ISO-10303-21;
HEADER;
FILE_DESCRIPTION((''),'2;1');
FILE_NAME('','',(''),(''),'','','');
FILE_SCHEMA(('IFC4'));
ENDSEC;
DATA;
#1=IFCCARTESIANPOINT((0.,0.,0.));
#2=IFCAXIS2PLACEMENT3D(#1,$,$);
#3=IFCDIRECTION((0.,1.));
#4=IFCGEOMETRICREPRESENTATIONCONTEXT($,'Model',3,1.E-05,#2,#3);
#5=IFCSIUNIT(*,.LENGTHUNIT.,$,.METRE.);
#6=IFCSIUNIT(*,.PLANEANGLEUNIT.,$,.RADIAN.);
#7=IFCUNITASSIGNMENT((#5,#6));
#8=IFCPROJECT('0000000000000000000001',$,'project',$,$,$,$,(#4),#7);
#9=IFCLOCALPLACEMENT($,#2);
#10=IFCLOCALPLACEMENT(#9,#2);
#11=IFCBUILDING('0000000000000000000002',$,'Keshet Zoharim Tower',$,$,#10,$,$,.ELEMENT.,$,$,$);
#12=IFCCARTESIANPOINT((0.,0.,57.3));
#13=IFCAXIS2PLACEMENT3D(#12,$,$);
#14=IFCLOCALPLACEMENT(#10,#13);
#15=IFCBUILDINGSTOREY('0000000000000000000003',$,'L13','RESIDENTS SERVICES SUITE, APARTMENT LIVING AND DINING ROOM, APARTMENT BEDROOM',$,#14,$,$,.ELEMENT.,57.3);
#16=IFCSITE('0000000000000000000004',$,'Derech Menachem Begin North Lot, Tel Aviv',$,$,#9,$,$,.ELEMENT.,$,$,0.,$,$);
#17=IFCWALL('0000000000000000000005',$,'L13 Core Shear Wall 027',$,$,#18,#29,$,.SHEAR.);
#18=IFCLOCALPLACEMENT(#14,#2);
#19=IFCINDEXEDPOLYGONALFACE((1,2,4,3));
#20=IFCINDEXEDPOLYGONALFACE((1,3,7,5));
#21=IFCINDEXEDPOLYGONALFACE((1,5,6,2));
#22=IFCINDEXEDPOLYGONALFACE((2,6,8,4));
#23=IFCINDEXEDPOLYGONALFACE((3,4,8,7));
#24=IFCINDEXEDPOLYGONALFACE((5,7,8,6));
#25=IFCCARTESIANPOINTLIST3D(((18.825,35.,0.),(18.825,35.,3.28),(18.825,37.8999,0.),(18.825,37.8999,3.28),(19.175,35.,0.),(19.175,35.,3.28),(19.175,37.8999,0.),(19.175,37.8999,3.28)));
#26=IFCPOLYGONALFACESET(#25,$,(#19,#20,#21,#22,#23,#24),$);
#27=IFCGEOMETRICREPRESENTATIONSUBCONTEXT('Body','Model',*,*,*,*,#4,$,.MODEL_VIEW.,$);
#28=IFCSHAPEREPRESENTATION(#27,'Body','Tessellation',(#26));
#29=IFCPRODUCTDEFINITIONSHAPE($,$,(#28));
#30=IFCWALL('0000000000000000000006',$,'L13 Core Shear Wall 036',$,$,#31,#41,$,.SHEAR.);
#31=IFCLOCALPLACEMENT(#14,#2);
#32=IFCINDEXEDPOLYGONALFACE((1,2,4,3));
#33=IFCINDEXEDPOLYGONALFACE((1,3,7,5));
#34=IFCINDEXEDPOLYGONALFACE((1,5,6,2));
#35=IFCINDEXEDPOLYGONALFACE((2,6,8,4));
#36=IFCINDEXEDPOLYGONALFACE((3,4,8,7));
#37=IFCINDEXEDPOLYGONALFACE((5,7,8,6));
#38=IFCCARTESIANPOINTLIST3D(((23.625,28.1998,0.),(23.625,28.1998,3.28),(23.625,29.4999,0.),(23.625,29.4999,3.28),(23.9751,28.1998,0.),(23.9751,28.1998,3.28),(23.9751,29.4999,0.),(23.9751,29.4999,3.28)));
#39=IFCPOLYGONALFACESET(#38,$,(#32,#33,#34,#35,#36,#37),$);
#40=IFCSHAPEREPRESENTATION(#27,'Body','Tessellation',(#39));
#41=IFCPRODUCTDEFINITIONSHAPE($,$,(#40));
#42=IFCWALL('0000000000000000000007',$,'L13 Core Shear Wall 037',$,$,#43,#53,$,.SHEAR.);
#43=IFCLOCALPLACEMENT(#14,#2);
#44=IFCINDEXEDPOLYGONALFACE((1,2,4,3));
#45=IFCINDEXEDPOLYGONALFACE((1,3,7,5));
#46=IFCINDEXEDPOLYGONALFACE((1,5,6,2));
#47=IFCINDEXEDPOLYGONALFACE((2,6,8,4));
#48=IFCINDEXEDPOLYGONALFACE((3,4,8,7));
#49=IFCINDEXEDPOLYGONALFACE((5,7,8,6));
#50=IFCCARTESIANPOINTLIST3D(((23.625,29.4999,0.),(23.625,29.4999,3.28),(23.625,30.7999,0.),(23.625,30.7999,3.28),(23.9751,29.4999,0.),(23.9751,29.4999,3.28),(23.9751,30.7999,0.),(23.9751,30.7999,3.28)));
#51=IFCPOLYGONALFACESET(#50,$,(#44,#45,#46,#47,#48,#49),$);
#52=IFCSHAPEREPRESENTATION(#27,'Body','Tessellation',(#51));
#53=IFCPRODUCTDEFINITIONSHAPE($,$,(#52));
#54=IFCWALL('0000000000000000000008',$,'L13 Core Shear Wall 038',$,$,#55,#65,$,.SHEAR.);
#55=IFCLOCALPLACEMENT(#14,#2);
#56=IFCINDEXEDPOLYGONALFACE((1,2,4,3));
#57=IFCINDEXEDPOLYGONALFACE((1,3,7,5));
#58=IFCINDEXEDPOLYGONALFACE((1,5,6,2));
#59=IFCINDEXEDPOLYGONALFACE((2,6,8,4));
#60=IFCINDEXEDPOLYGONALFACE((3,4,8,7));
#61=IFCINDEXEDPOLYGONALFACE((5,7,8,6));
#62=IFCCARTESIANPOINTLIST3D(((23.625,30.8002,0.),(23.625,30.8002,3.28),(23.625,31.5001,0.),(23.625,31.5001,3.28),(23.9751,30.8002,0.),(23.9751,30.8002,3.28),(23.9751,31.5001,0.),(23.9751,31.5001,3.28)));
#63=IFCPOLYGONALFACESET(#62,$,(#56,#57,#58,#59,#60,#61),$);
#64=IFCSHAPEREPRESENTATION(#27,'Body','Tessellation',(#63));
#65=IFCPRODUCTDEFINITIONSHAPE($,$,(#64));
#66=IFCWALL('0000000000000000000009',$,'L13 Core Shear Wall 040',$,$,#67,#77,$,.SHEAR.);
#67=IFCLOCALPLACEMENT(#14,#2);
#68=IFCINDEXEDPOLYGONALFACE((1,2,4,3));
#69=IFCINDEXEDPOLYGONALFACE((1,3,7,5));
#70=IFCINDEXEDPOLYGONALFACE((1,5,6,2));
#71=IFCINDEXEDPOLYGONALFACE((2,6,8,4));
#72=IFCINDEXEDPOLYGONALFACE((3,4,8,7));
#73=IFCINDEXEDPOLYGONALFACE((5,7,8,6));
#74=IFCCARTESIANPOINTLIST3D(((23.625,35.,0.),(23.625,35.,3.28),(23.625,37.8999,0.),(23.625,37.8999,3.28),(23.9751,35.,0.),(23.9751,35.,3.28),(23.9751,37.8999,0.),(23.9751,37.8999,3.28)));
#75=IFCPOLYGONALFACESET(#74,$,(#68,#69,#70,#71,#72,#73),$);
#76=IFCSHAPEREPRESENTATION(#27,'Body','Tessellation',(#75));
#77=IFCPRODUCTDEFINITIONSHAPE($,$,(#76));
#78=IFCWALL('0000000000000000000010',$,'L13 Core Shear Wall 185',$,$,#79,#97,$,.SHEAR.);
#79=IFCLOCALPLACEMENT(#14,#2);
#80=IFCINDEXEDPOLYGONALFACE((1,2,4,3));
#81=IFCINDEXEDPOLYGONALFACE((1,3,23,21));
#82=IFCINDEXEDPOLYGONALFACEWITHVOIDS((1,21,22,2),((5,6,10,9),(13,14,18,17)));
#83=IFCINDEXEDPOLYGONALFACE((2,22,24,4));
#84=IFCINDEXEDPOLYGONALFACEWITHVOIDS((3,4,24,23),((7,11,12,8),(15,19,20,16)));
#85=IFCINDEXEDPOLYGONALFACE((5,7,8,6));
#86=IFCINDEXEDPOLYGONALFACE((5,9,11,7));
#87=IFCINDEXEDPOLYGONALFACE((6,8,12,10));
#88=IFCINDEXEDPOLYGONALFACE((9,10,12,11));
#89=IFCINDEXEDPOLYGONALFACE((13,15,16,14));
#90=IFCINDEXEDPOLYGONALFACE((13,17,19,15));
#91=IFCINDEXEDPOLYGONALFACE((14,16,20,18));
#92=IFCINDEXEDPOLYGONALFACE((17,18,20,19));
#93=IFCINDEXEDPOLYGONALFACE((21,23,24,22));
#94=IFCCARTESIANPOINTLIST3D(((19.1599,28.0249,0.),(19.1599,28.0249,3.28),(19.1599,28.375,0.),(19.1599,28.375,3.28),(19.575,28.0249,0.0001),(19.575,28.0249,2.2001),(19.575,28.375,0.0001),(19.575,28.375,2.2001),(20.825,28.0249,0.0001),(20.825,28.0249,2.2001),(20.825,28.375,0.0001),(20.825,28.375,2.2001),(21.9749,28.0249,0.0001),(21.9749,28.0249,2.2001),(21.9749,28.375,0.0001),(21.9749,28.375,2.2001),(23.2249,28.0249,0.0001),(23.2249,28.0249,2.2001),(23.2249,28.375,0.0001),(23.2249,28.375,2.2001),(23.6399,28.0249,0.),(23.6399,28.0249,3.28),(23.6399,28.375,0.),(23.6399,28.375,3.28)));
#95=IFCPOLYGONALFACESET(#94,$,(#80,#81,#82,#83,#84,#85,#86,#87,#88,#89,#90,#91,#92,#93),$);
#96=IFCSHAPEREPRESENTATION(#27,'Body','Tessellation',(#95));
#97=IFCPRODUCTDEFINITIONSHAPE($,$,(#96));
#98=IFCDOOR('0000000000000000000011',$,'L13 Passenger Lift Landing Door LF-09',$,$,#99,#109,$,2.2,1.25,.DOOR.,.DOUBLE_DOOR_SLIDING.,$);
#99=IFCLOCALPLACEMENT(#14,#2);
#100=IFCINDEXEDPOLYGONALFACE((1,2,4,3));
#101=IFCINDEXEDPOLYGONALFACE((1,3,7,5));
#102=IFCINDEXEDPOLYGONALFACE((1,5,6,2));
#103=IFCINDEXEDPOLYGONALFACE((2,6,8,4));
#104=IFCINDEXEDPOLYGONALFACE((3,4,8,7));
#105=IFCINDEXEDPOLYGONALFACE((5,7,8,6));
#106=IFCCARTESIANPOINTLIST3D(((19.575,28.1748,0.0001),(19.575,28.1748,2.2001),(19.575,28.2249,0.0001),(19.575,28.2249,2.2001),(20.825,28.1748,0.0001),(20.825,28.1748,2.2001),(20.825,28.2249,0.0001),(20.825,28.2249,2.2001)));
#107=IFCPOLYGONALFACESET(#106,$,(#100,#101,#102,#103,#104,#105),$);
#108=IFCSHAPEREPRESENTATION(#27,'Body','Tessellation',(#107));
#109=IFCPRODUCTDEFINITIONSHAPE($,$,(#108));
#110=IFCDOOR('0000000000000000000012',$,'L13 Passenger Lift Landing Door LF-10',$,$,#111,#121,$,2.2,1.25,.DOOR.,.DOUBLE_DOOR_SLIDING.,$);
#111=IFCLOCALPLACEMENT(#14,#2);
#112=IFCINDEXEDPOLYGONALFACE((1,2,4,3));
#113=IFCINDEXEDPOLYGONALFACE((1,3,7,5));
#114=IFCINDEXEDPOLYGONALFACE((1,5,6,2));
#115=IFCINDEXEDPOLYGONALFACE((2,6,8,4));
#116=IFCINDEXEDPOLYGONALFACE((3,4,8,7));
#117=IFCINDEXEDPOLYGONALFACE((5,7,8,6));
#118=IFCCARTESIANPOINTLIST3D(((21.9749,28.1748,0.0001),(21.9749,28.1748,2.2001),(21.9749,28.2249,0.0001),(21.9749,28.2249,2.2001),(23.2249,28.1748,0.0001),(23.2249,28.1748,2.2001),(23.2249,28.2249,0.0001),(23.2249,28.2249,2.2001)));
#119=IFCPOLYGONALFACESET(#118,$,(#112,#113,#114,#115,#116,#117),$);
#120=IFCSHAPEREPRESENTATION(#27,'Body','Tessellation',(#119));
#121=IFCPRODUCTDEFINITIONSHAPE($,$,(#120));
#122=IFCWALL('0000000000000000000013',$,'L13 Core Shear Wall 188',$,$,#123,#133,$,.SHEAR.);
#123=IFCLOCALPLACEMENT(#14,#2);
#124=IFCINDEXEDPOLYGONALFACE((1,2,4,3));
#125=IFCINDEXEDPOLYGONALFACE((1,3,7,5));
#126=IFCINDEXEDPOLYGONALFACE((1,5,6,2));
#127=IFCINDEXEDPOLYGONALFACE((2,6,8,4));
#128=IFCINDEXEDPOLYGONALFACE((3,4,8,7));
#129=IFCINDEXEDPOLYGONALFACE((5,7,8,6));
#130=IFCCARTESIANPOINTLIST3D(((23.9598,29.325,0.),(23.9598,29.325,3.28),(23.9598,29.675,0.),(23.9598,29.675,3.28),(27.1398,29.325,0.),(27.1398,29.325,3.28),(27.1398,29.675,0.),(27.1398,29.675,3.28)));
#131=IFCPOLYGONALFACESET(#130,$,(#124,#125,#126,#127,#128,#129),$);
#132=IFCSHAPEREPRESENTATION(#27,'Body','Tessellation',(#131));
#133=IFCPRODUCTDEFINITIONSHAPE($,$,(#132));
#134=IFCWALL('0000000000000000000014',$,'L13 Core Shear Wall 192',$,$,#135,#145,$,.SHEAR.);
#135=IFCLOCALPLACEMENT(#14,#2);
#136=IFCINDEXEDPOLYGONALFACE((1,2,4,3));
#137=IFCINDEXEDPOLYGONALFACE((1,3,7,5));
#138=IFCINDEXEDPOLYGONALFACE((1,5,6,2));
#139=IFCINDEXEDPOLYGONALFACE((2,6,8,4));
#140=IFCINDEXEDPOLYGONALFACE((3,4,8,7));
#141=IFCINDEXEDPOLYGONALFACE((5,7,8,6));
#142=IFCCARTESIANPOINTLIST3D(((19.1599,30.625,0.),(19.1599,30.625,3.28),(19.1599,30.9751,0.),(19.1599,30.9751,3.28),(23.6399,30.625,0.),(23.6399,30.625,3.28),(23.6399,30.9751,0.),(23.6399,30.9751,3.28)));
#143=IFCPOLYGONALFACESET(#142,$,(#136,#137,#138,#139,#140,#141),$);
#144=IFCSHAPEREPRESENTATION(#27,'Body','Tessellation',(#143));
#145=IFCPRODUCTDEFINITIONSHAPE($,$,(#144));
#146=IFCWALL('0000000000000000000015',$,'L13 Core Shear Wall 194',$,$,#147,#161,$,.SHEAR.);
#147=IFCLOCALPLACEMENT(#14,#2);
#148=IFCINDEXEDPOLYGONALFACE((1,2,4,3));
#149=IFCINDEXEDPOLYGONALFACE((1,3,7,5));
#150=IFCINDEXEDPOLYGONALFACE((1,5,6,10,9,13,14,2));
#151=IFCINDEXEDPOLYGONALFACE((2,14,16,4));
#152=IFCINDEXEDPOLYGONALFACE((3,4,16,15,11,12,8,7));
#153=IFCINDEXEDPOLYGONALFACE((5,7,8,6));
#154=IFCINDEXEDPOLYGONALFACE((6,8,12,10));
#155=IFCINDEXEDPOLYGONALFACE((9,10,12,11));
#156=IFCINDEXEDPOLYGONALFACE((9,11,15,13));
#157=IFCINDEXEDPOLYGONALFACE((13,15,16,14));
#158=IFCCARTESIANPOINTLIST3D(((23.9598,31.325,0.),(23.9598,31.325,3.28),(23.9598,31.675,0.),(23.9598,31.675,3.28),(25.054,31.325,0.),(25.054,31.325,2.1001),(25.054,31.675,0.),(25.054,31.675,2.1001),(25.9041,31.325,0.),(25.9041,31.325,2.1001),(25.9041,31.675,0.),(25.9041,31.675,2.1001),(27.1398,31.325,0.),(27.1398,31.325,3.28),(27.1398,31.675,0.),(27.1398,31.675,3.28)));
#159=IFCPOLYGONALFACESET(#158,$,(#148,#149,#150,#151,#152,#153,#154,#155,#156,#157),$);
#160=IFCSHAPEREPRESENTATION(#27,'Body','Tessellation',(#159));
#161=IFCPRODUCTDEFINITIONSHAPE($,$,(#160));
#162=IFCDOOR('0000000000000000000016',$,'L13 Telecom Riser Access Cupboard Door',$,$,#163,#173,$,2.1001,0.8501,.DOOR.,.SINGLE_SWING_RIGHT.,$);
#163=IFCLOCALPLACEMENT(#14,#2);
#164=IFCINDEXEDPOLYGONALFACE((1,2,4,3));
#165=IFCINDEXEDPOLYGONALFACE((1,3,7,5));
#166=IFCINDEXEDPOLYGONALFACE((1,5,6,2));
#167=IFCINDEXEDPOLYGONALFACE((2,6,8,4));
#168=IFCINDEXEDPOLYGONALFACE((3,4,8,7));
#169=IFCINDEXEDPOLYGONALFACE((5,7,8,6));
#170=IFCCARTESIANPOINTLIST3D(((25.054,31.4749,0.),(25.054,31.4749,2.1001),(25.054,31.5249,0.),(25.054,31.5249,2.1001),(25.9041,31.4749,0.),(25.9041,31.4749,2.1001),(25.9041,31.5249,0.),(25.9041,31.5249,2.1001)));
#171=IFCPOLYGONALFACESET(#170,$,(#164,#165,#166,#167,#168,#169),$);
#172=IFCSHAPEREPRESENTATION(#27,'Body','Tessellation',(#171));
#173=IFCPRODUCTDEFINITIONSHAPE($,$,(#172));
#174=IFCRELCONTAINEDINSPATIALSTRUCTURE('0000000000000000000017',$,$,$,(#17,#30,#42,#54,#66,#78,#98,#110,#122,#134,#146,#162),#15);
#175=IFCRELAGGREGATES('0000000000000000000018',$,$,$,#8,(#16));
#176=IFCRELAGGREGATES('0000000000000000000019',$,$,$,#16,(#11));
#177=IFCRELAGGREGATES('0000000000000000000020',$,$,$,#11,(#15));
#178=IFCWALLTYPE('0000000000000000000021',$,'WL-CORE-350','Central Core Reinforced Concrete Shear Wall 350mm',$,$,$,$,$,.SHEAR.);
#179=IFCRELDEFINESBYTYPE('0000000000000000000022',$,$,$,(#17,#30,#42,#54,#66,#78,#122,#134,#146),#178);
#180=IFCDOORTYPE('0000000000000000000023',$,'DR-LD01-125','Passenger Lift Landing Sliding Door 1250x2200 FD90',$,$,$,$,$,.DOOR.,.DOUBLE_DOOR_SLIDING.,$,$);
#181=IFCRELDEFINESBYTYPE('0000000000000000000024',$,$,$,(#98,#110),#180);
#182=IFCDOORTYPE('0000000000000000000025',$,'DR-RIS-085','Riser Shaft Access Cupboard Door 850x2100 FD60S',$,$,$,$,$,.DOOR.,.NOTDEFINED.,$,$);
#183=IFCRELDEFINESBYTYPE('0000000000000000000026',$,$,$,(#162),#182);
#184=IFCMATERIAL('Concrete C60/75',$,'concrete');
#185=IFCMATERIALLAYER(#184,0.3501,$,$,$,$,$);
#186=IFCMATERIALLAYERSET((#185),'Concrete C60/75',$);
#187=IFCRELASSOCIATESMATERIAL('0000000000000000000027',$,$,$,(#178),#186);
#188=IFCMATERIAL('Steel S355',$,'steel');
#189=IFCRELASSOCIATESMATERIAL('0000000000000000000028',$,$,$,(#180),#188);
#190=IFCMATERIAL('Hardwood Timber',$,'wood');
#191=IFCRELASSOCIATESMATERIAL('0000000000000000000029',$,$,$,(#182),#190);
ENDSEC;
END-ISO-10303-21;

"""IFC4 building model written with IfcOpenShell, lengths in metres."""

from ifc_helpers import new_model, si_unit, direction, frame, frame_2d, origin, place, context, subcontext, project, spatial, rectangle, extrude, material, layer, layer_set, type_object, element, fill, save


model = new_model("IFC4")

# Units and contexts
model_context = context("Model", 3, precision=1e-05, world=origin(), true_north=direction((0.0, 1.0)))
body_context = subcontext(model_context, "Body", "Model", "MODEL_VIEW")
ifc_project = project(units=[si_unit("LENGTHUNIT", "METRE"), si_unit("PLANEANGLEUNIT", "RADIAN")], contexts=[model_context])

# Site, building, storey
site_placement = place(None, origin())
site = spatial("IfcSite", under=ifc_project, at=site_placement, Name="Derech Menachem Begin North Lot, Tel Aviv", CompositionType="ELEMENT", RefElevation=0.0)
building_placement = place(site_placement, origin())
building = spatial("IfcBuilding", under=site, at=building_placement, Name="Keshet Zoharim Tower", CompositionType="ELEMENT")
storey_placement = place(building_placement, frame((0.0, 0.0, 57.3)))
storey = spatial("IfcBuildingStorey", under=building, at=storey_placement, Name="L13", Description="RESIDENTS SERVICES SUITE, APARTMENT LIVING AND DINING ROOM, APARTMENT BEDROOM", CompositionType="ELEMENT", Elevation=57.3)

# Walls
ifc_material_1 = material(Name="Concrete C60/75", Category="concrete")
ifc_layer_1 = layer(ifc_material_1, 0.3501)
ifc_layer_set_1 = layer_set([ifc_layer_1], Name="Concrete C60/75")
wall_type_1 = type_object("IfcWallType", Name="WL-CORE-350", Description="Central Core Reinforced Concrete Shear Wall 350mm", PredefinedType="SHEAR", material=ifc_layer_set_1)
wall_1_placement = place(storey_placement, frame((19.0, 35.0, 0.0), z_axis=(0.0, 0.0, 1.0), x_axis=(0.0, 1.0, 0.0)))
element("IfcWall", 1, at=wall_1_placement, inside=storey, type_object=wall_type_1, Name="L13 Core Shear Wall 027", PredefinedType="SHEAR", context=body_context, shape_type="SweptSolid", body=[
    extrude(rectangle(XDim=2.8999, YDim=0.3501, at=frame_2d((1.45, 0.0))), origin(), (0.0, 0.0, 1.0), 3.28),
])
for number, where, z_axis, x_axis, name in (
    (2, (23.8, 28.2, 0.0), (0.0, 0.0, 1.0), (0.0, 1.0, 0.0), "L13 Core Shear Wall 036"),
    (3, (23.8, 29.5, 0.0), (0.0, 0.0, 1.0), (0.0, 1.0, 0.0), "L13 Core Shear Wall 037"),
):
    element("IfcWall", number, at=place(storey_placement, frame(where, z_axis=z_axis, x_axis=x_axis)), inside=storey, type_object=wall_type_1, Name=name, PredefinedType="SHEAR", context=body_context, shape_type="SweptSolid", body=[
        extrude(rectangle(XDim=1.3, YDim=0.3501, at=frame_2d((0.6499, 0.0))), origin(), (0.0, 0.0, 1.0), 3.28),
    ])
wall_2_placement = place(storey_placement, frame((23.8, 30.8, 0.0), z_axis=(0.0, 0.0, 1.0), x_axis=(0.0, 1.0, 0.0)))
element("IfcWall", 4, at=wall_2_placement, inside=storey, type_object=wall_type_1, Name="L13 Core Shear Wall 038", PredefinedType="SHEAR", context=body_context, shape_type="SweptSolid", body=[
    extrude(rectangle(XDim=0.7, YDim=0.3501, at=frame_2d((0.3501, 0.0))), origin(), (0.0, 0.0, 1.0), 3.28),
])

# Shared definitions
ifc_material_2 = material(Name="Hardwood Timber", Category="wood")

# Wall
wall_3_placement = place(storey_placement, frame((23.8, 35.0, 0.0), z_axis=(0.0, 0.0, 1.0), x_axis=(0.0, 1.0, 0.0)))
element("IfcWall", 5, at=wall_3_placement, inside=storey, type_object=wall_type_1, Name="L13 Core Shear Wall 040", PredefinedType="SHEAR", context=body_context, shape_type="SweptSolid", body=[
    extrude(rectangle(XDim=2.8999, YDim=0.3501, at=frame_2d((1.45, 0.0))), origin(), (0.0, 0.0, 1.0), 3.28),
])

# Wall, openings, doors
wall_4_placement = place(storey_placement, frame((19.1599, 28.2, 0.0), z_axis=(0.0, 0.0, 1.0), x_axis=(1.0, 0.0, 0.0)))
wall_4 = element("IfcWall", 6, at=wall_4_placement, inside=storey, type_object=wall_type_1, Name="L13 Core Shear Wall 185", PredefinedType="SHEAR", context=body_context, shape_type="SweptSolid", body=[
    extrude(rectangle(XDim=4.48, YDim=0.3501, at=frame_2d((2.24, 0.0))), origin(), (0.0, 0.0, 1.0), 3.28),
])
opening_1_placement = place(wall_4_placement, frame((0.415, 0.0, 0.0)))
opening_1 = element("IfcOpeningElement", 7, at=opening_1_placement, cuts=wall_4, PredefinedType="OPENING", context=body_context, shape_type="SweptSolid", body=[
    extrude(rectangle(XDim=1.25, YDim=2.2, at=frame_2d((0.625, 1.1001))), frame((0.0, 0.1851, 0.0), z_axis=(0.0, -1.0, 0.0), x_axis=(1.0, 0.0, 0.0)), (0.0, 0.0, 1.0), 0.3701),
])
opening_2_placement = place(wall_4_placement, frame((2.8149, 0.0, 0.0)))
opening_2 = element("IfcOpeningElement", 8, at=opening_2_placement, cuts=wall_4, PredefinedType="OPENING", context=body_context, shape_type="SweptSolid", body=[
    extrude(rectangle(XDim=1.25, YDim=2.2, at=frame_2d((0.625, 1.1001))), frame((0.0, 0.1851, 0.0), z_axis=(0.0, -1.0, 0.0), x_axis=(1.0, 0.0, 0.0)), (0.0, 0.0, 1.0), 0.3701),
])
ifc_material_3 = material(Name="Steel S355", Category="steel")
door_type_1 = type_object("IfcDoorType", Name="DR-LD01-125", Description="Passenger Lift Landing Sliding Door 1250x2200 FD90", OperationType="DOUBLE_DOOR_SLIDING", PredefinedType="DOOR", material=ifc_material_3)
door_1_placement = place(opening_1_placement, origin())
door_1 = element("IfcDoor", 9, at=door_1_placement, inside=storey, type_object=door_type_1, Name="L13 Passenger Lift Landing Door LF-09", OperationType="DOUBLE_DOOR_SLIDING", OverallHeight=2.2, OverallWidth=1.25, PredefinedType="DOOR", context=body_context, shape_type="SweptSolid", body=[
    extrude(rectangle(XDim=1.25, YDim=2.2, at=frame_2d((0.625, 1.1001))), frame((0.0, 0.0249, 0.0), z_axis=(0.0, -1.0, 0.0), x_axis=(1.0, 0.0, 0.0)), (0.0, 0.0, 1.0), 0.05),
])
fill(opening_1, door_1)
door_2_placement = place(opening_2_placement, origin())
door_2 = element("IfcDoor", 10, at=door_2_placement, inside=storey, type_object=door_type_1, Name="L13 Passenger Lift Landing Door LF-10", OperationType="DOUBLE_DOOR_SLIDING", OverallHeight=2.2, OverallWidth=1.25, PredefinedType="DOOR", context=body_context, shape_type="SweptSolid", body=[
    extrude(rectangle(XDim=1.25, YDim=2.2, at=frame_2d((0.625, 1.1001))), frame((0.0, 0.0249, 0.0), z_axis=(0.0, -1.0, 0.0), x_axis=(1.0, 0.0, 0.0)), (0.0, 0.0, 1.0), 0.05),
])
fill(opening_2, door_2)

# Walls
wall_5_placement = place(storey_placement, frame((23.96, 29.5, 0.0), z_axis=(0.0, 0.0, 1.0), x_axis=(1.0, 0.0, 0.0)))
element("IfcWall", 11, at=wall_5_placement, inside=storey, type_object=wall_type_1, Name="L13 Core Shear Wall 188", PredefinedType="SHEAR", context=body_context, shape_type="SweptSolid", body=[
    extrude(rectangle(XDim=3.1799, YDim=0.3501, at=frame_2d((1.5898, 0.0))), origin(), (0.0, 0.0, 1.0), 3.28),
])
wall_6_placement = place(storey_placement, frame((19.1599, 30.8, 0.0), z_axis=(0.0, 0.0, 1.0), x_axis=(1.0, 0.0, 0.0)))
element("IfcWall", 12, at=wall_6_placement, inside=storey, type_object=wall_type_1, Name="L13 Core Shear Wall 192", PredefinedType="SHEAR", context=body_context, shape_type="SweptSolid", body=[
    extrude(rectangle(XDim=4.48, YDim=0.3501, at=frame_2d((2.24, 0.0))), origin(), (0.0, 0.0, 1.0), 3.28),
])

# Wall, opening, door
wall_7_placement = place(storey_placement, frame((23.96, 31.5, 0.0), z_axis=(0.0, 0.0, 1.0), x_axis=(1.0, 0.0, 0.0)))
wall_7 = element("IfcWall", 13, at=wall_7_placement, inside=storey, type_object=wall_type_1, Name="L13 Core Shear Wall 194", PredefinedType="SHEAR", context=body_context, shape_type="SweptSolid", body=[
    extrude(rectangle(XDim=3.1799, YDim=0.3501, at=frame_2d((1.5898, 0.0))), origin(), (0.0, 0.0, 1.0), 3.28),
])
opening_3_placement = place(wall_7_placement, frame((1.094, 0.0, 0.0)))
opening_3 = element("IfcOpeningElement", 14, at=opening_3_placement, cuts=wall_7, PredefinedType="OPENING", context=body_context, shape_type="SweptSolid", body=[
    extrude(rectangle(XDim=0.8501, YDim=2.1001, at=frame_2d((0.425, 1.05))), frame((0.0, 0.1851, 0.0), z_axis=(0.0, -1.0, 0.0), x_axis=(1.0, 0.0, 0.0)), (0.0, 0.0, 1.0), 0.3701),
])
door_type_2 = type_object("IfcDoorType", Name="DR-RIS-085", Description="Riser Shaft Access Cupboard Door 850x2100 FD60S", OperationType="NOTDEFINED", PredefinedType="DOOR", material=ifc_material_2)
door_3_placement = place(opening_3_placement, origin())
door_3 = element("IfcDoor", 15, at=door_3_placement, inside=storey, type_object=door_type_2, Name="L13 Telecom Riser Access Cupboard Door", OperationType="SINGLE_SWING_RIGHT", OverallHeight=2.1001, OverallWidth=0.8501, PredefinedType="DOOR", context=body_context, shape_type="SweptSolid", body=[
    extrude(rectangle(XDim=0.8501, YDim=2.1001, at=frame_2d((0.425, 1.05))), frame((0.0, 0.0249, 0.0), z_axis=(0.0, -1.0, 0.0), x_axis=(1.0, 0.0, 0.0)), (0.0, 0.0, 1.0), 0.05),
])
fill(opening_3, door_3)

save(model, "model.ifc")
